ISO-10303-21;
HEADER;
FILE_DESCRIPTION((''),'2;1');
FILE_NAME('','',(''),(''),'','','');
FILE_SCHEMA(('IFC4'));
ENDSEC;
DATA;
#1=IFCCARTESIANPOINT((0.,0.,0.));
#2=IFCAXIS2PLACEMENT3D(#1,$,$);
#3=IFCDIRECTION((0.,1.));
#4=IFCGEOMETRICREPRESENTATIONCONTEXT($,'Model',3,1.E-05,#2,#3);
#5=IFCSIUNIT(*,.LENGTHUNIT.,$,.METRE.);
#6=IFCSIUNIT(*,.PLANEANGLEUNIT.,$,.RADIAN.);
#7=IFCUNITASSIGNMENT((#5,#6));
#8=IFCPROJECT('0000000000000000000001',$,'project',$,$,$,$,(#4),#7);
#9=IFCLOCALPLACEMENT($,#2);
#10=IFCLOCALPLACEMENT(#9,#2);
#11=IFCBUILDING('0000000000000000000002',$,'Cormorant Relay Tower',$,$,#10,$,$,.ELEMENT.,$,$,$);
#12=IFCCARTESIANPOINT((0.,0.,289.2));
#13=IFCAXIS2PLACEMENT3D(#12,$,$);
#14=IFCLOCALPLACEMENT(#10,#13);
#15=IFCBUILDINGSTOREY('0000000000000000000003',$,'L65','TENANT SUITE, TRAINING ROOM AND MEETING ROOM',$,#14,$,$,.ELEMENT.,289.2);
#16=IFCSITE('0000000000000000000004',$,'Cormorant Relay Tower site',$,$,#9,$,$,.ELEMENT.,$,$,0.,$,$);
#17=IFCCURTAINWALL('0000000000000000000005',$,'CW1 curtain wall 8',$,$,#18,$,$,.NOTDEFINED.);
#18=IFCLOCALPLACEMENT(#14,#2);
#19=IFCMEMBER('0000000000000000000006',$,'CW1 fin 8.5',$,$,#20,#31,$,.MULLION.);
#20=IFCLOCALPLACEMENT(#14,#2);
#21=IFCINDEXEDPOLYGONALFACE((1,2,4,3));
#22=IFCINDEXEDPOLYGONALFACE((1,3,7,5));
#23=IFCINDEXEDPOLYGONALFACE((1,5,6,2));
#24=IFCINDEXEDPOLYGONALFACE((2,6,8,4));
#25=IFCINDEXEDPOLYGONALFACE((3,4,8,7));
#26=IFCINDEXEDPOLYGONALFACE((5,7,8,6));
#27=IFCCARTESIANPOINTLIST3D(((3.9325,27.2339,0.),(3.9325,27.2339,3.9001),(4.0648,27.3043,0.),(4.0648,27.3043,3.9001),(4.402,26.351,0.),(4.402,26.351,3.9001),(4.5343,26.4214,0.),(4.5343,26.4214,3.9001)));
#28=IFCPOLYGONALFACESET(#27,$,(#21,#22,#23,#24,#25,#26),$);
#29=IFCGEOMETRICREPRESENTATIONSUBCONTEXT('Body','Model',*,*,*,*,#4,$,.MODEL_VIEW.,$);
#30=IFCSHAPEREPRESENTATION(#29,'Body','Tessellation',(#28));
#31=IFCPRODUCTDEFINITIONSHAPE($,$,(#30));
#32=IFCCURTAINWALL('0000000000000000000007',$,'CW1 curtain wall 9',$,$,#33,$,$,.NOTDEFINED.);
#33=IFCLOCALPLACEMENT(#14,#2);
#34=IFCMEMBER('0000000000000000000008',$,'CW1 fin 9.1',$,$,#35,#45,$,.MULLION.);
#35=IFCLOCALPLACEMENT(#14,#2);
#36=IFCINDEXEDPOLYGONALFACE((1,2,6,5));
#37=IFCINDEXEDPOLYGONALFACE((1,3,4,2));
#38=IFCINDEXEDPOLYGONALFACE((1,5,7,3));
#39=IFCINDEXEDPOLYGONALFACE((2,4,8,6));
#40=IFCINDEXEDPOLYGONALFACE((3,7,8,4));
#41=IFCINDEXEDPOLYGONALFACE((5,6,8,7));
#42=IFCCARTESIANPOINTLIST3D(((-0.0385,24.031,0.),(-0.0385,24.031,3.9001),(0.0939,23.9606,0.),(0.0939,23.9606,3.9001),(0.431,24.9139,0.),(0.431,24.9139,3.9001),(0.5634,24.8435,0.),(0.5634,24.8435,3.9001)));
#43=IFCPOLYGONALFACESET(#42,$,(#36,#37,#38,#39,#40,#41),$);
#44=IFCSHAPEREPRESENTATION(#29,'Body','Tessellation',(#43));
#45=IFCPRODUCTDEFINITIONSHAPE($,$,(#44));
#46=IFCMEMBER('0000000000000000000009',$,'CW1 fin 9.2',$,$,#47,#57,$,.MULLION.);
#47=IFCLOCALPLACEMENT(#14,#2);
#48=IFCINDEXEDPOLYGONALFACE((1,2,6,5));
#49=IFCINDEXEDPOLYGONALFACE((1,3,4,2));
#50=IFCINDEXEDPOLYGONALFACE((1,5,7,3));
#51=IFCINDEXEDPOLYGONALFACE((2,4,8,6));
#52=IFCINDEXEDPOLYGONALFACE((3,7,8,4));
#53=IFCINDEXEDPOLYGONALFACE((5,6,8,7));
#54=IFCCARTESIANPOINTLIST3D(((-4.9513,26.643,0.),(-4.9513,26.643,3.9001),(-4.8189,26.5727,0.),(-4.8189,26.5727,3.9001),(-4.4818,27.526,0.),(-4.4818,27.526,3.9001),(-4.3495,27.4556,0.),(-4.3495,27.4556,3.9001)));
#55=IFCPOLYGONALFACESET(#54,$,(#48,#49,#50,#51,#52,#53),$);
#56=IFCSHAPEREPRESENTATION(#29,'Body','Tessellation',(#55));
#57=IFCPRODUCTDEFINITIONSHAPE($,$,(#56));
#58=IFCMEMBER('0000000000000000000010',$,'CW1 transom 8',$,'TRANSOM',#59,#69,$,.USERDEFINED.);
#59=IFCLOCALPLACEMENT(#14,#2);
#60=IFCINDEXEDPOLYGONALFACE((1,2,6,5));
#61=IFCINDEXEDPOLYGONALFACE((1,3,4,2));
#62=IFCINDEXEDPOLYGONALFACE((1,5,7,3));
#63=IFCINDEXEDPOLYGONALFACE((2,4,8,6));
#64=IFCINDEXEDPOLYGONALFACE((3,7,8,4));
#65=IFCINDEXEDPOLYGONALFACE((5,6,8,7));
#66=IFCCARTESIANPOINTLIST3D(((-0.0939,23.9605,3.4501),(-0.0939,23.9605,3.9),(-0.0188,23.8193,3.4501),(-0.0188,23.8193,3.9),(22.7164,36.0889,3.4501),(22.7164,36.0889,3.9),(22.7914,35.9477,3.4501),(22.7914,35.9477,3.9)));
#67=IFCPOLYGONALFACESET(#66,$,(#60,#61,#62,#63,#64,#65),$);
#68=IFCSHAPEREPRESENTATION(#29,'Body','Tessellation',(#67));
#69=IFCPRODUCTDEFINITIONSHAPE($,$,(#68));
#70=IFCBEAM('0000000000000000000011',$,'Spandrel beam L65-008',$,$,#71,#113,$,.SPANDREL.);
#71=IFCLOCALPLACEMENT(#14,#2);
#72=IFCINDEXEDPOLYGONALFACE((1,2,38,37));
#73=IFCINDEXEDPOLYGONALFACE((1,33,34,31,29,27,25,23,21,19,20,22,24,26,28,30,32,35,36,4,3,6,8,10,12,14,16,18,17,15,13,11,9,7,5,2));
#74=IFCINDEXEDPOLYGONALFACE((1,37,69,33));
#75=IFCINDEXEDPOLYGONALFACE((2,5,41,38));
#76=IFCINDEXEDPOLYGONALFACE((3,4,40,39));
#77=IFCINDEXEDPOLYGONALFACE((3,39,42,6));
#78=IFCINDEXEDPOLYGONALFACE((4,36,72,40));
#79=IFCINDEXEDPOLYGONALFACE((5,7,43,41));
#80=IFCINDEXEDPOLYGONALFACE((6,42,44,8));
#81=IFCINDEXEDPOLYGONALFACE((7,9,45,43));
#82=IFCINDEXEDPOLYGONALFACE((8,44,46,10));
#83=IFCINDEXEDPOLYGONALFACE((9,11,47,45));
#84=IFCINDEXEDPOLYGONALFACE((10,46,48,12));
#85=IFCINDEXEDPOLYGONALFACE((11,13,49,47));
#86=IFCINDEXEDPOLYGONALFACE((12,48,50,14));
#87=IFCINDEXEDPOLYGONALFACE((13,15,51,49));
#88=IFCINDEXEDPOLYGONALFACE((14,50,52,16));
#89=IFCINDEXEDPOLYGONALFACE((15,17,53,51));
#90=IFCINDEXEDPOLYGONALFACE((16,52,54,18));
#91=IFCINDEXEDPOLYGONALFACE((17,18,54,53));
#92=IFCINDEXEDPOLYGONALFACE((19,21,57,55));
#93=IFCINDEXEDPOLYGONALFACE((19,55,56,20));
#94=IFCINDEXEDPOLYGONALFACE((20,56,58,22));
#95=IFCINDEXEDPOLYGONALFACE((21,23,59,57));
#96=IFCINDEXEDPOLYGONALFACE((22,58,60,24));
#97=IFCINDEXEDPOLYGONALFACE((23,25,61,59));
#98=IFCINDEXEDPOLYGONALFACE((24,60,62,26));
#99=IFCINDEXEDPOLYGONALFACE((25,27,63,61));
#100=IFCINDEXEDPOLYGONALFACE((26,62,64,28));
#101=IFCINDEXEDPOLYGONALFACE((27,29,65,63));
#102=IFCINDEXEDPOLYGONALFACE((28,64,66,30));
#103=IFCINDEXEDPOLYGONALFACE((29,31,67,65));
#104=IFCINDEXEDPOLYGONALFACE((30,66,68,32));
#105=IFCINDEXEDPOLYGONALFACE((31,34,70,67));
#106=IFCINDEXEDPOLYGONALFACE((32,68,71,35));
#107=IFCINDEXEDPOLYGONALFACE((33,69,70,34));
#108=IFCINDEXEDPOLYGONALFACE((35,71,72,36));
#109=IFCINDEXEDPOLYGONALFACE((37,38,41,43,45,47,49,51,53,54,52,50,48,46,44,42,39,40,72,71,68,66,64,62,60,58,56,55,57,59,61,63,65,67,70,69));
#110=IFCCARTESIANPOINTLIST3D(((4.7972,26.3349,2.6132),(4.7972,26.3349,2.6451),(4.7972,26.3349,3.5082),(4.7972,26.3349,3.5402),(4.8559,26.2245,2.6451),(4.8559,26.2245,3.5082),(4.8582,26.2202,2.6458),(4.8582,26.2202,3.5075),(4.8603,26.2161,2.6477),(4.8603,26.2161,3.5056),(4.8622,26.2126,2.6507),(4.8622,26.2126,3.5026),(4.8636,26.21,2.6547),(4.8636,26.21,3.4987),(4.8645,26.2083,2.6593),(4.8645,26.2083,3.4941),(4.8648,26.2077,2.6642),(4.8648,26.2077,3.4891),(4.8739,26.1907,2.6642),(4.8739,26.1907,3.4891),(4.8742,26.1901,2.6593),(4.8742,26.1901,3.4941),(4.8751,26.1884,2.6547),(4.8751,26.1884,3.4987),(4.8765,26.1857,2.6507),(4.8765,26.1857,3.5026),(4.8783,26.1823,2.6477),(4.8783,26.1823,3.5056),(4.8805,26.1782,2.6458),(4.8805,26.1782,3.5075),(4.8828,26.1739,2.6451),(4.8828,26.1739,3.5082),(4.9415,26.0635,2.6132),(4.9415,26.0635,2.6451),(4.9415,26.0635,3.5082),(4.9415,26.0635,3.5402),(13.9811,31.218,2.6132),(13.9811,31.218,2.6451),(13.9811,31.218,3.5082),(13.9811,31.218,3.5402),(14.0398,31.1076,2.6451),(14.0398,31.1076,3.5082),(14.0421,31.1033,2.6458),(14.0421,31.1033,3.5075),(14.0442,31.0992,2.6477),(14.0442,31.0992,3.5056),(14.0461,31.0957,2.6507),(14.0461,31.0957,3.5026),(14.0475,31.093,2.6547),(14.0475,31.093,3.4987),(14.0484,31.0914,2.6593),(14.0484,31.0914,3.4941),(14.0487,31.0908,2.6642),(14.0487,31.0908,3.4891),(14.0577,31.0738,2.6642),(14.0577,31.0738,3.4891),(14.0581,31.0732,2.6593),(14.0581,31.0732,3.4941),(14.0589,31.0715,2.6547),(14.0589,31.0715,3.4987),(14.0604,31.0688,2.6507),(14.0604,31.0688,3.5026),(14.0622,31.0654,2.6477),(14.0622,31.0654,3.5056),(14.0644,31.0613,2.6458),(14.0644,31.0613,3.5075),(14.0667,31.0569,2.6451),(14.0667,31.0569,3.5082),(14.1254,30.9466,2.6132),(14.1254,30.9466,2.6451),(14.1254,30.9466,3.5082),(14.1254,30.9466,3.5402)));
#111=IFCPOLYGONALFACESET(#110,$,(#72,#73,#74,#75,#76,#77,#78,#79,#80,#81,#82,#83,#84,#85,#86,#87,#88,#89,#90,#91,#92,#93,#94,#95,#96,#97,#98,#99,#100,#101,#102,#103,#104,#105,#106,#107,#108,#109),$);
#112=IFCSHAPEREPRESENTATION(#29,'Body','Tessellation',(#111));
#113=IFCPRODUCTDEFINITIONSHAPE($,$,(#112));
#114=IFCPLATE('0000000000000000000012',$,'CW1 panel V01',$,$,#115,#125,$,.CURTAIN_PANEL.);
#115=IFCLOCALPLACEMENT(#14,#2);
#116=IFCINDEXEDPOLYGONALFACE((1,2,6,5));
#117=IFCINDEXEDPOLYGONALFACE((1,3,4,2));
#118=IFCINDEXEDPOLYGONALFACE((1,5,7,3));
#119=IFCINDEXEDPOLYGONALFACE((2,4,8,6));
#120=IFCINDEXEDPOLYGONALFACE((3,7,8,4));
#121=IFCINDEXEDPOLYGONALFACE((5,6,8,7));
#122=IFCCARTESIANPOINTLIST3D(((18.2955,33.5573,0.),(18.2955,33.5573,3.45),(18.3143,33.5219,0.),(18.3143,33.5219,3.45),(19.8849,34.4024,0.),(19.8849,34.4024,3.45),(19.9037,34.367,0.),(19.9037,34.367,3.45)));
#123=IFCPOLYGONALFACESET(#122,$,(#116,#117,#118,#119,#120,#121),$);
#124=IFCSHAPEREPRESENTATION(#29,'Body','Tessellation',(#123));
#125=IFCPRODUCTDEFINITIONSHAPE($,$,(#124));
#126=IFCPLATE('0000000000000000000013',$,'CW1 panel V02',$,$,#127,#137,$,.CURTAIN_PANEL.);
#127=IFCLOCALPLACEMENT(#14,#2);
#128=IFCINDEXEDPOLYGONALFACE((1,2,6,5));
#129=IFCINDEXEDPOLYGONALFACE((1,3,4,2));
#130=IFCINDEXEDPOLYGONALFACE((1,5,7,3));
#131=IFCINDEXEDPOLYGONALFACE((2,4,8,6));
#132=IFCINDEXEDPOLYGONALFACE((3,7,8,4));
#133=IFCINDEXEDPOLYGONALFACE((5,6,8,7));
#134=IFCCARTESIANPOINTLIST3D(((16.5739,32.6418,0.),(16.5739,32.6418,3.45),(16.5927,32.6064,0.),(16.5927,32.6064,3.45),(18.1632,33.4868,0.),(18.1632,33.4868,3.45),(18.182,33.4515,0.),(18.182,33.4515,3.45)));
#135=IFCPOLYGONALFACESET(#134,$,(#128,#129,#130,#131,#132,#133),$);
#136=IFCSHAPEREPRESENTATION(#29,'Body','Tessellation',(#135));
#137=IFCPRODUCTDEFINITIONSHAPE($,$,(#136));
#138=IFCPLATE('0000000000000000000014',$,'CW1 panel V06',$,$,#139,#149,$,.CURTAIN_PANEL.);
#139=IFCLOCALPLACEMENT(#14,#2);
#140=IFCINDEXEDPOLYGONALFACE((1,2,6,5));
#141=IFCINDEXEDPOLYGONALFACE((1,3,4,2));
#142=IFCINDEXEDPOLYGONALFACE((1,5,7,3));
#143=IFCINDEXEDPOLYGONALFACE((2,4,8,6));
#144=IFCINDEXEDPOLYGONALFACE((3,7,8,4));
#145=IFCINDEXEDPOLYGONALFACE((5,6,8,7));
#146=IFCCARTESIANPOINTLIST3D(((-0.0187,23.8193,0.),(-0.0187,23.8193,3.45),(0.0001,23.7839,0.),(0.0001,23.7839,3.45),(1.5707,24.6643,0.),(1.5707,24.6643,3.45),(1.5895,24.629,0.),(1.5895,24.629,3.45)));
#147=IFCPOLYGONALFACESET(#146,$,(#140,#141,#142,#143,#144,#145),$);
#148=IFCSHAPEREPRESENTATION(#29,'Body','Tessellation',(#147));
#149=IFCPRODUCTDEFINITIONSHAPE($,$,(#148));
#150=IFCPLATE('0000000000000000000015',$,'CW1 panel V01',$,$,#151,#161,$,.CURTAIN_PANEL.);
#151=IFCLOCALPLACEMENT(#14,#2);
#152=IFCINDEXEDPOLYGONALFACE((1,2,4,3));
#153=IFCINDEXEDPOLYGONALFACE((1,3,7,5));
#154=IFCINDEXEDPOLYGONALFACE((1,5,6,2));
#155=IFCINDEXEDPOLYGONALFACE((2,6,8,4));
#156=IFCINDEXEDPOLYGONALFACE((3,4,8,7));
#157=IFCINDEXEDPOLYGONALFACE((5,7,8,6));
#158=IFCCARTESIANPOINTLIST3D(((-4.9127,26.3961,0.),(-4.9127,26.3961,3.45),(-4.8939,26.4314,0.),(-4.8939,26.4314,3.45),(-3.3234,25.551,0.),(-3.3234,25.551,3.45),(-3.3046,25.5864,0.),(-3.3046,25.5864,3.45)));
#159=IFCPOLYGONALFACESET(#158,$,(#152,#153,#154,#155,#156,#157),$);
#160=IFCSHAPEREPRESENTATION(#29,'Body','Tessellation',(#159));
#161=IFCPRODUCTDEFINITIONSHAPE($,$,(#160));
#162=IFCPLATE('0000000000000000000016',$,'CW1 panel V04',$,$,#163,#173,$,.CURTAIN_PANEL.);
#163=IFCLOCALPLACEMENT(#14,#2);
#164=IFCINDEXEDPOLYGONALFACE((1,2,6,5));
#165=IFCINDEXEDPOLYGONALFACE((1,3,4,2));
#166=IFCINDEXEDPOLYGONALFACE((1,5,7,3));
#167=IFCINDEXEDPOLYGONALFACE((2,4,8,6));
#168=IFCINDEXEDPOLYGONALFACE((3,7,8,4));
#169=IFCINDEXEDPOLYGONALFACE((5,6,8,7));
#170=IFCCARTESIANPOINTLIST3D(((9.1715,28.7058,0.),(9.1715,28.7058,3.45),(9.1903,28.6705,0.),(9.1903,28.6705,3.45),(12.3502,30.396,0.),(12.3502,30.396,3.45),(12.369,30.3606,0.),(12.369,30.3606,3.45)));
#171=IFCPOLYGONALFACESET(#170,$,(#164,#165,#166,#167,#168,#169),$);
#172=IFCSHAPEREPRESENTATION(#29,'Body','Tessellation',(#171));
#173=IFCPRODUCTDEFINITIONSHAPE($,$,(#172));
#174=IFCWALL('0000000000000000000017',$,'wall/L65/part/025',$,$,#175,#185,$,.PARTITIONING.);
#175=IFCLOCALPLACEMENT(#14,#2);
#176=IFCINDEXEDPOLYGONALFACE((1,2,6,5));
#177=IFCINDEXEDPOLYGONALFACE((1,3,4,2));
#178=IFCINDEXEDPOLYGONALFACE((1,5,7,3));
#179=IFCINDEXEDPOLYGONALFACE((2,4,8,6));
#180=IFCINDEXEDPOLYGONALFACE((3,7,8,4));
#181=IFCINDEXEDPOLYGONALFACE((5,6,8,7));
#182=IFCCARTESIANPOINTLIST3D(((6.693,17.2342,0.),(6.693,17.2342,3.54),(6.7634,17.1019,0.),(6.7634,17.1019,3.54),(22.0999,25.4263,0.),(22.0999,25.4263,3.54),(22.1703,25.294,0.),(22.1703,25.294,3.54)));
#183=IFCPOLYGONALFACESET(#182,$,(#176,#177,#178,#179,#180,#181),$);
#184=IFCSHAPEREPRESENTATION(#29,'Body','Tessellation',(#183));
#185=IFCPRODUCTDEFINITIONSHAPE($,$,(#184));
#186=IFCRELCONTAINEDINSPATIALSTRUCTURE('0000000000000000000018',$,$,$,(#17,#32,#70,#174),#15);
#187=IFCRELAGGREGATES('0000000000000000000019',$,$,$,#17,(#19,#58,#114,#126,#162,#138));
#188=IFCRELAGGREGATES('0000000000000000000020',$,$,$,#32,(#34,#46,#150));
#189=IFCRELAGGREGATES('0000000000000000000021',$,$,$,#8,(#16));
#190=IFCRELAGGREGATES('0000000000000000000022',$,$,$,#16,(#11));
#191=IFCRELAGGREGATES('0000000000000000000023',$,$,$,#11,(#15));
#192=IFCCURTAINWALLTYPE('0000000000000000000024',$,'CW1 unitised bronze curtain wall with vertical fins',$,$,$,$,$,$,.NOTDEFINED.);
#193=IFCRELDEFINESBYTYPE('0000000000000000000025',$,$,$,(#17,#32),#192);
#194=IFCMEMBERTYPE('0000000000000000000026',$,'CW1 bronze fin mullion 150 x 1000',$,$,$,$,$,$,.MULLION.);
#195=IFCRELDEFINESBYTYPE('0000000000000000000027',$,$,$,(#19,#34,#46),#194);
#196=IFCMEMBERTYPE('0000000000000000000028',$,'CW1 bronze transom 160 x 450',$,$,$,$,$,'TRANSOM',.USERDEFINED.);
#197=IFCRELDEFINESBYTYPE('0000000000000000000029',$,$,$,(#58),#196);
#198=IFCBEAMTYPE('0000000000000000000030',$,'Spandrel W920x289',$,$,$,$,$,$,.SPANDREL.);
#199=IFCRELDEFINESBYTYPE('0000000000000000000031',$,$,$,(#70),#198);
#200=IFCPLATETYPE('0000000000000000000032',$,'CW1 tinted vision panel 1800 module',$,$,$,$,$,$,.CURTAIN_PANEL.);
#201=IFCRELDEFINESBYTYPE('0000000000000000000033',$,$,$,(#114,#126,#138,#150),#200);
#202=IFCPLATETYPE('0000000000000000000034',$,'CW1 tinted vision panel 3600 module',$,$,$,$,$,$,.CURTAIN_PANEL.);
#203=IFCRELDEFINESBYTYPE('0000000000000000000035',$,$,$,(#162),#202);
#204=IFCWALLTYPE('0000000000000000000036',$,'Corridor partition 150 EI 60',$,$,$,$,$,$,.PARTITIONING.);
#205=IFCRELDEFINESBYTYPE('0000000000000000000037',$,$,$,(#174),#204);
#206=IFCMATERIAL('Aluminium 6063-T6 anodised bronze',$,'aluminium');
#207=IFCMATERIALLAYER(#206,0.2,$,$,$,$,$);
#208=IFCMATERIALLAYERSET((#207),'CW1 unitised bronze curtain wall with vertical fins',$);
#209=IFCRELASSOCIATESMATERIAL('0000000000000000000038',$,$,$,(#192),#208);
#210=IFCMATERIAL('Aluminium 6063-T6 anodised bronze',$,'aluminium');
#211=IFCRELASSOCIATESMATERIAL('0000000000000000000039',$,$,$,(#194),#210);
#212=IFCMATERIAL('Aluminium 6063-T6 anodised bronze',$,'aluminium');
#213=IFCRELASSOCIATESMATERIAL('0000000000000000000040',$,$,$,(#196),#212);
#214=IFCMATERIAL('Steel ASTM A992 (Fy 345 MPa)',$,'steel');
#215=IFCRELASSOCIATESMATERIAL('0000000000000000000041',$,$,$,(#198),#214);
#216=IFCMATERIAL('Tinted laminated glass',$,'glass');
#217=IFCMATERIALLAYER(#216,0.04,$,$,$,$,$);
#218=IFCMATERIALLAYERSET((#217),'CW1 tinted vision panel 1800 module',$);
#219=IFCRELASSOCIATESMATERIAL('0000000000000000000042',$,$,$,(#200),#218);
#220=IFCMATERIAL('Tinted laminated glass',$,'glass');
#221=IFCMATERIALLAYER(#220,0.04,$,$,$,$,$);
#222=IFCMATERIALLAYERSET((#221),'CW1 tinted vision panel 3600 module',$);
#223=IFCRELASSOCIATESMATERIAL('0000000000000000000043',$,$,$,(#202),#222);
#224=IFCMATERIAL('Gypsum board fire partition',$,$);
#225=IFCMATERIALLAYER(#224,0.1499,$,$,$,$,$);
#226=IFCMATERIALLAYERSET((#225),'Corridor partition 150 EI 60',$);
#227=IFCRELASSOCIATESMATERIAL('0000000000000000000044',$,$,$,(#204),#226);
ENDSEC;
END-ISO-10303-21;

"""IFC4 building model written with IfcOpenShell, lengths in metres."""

from ifc_helpers import new_model, si_unit, direction, frame, frame_2d, origin, origin_2d, place, context, subcontext, project, spatial, rectangle, i_section, extrude, material, layer, layer_set, material_profile, profile_set, type_object, element, aggregate, save


model = new_model("IFC4")

# Units and contexts
model_context = context("Model", 3, precision=1e-05, world=origin(), true_north=direction((0.0, 1.0)))
body_context = subcontext(model_context, "Body", "Model", "MODEL_VIEW")
ifc_project = project(units=[si_unit("LENGTHUNIT", "METRE"), si_unit("PLANEANGLEUNIT", "RADIAN")], contexts=[model_context])

# Site, building, storey
site_placement = place(None, origin())
site = spatial("IfcSite", under=ifc_project, at=site_placement, Name="Cormorant Relay Tower site", CompositionType="ELEMENT", RefElevation=0.0)
building_placement = place(site_placement, origin())
building = spatial("IfcBuilding", under=site, at=building_placement, Name="Cormorant Relay Tower", CompositionType="ELEMENT")
storey_placement = place(building_placement, frame((0.0, 0.0, 289.2)))
storey = spatial("IfcBuildingStorey", under=building, at=storey_placement, Name="L65", Description="TENANT SUITE, TRAINING ROOM AND MEETING ROOM", CompositionType="ELEMENT", Elevation=289.2)

# Curtain walls, members
ifc_material_1 = material(Name="Aluminium 6063-T6 anodised bronze", Category="aluminium")
ifc_layer_1 = layer(ifc_material_1, 0.2)
ifc_layer_set_1 = layer_set([ifc_layer_1], Name="CW1 unitised bronze curtain wall with vertical fins")
curtain_wall_type = type_object("IfcCurtainWallType", Name="CW1 unitised bronze curtain wall with vertical fins", PredefinedType="NOTDEFINED", material=ifc_layer_set_1)
curtain_wall_1_placement = place(storey_placement, origin())
curtain_wall_1 = element("IfcCurtainWall", 1, at=curtain_wall_1_placement, inside=storey, type_object=curtain_wall_type, Name="CW1 curtain wall 8", PredefinedType="NOTDEFINED")
ifc_material_2 = material(Name="Aluminium 6063-T6 anodised bronze", Category="aluminium")
ifc_material_profile_1 = material_profile(ifc_material_2, rectangle(XDim=0.1499, YDim=1.0, at=origin_2d()), Name="AL 150x1000")
ifc_profile_set_1 = profile_set([ifc_material_profile_1], Name="Aluminium 6063-T6 anodised bronze")
member_type_1 = type_object("IfcMemberType", Name="CW1 bronze fin mullion 150 x 1000", PredefinedType="MULLION", material=ifc_profile_set_1)
member_1_placement = place(storey_placement, frame((4.2334, 26.8276, 0.0), z_axis=(0.0, 0.0, 1.0), x_axis=(-0.882948, -0.469472, 0.0)))
member_1 = element("IfcMember", 2, at=member_1_placement, type_object=member_type_1, Name="CW1 fin 8.5", PredefinedType="MULLION", context=body_context, shape_type="SweptSolid", body=[
    extrude(rectangle(XDim=0.1499, YDim=1.0, at=origin_2d()), origin(), (0.0, 0.0, 1.0), 3.9001),
])
curtain_wall_2_placement = place(storey_placement, origin())
curtain_wall_2 = element("IfcCurtainWall", 3, at=curtain_wall_2_placement, inside=storey, type_object=curtain_wall_type, Name="CW1 curtain wall 9", PredefinedType="NOTDEFINED")
member_2_placement = place(storey_placement, frame((0.2625, 24.4373, 0.0), z_axis=(0.0, 0.0, 1.0), x_axis=(-0.882948, 0.469472, 0.0)))
member_2 = element("IfcMember", 4, at=member_2_placement, type_object=member_type_1, Name="CW1 fin 9.1", PredefinedType="MULLION", context=body_context, shape_type="SweptSolid", body=[
    extrude(rectangle(XDim=0.1499, YDim=1.0, at=origin_2d()), origin(), (0.0, 0.0, 1.0), 3.9001),
])
member_3_placement = place(storey_placement, frame((-4.6504, 27.0493, 0.0), z_axis=(0.0, 0.0, 1.0), x_axis=(-0.882948, 0.469472, 0.0)))
member_3 = element("IfcMember", 5, at=member_3_placement, type_object=member_type_1, Name="CW1 fin 9.2", PredefinedType="MULLION", context=body_context, shape_type="SweptSolid", body=[
    extrude(rectangle(XDim=0.1499, YDim=1.0, at=origin_2d()), origin(), (0.0, 0.0, 1.0), 3.9001),
])

# Member
ifc_material_3 = material(Name="Aluminium 6063-T6 anodised bronze", Category="aluminium")
ifc_material_profile_2 = material_profile(ifc_material_3, rectangle(XDim=0.1599, YDim=0.45, at=origin_2d()), Name="AL 160x450")
ifc_profile_set_2 = profile_set([ifc_material_profile_2], Name="Aluminium 6063-T6 anodised bronze")
member_type_2 = type_object("IfcMemberType", Name="CW1 bronze transom 160 x 450", ElementType="TRANSOM", PredefinedType="USERDEFINED", material=ifc_profile_set_2)
member_4_placement = place(storey_placement, frame((22.7539, 36.0183, 3.675), z_axis=(-0.882948, -0.469471, 0.0), x_axis=(0.469471, -0.882948, 0.0)))
member_4 = element("IfcMember", 6, at=member_4_placement, type_object=member_type_2, Name="CW1 transom 8", ObjectType="TRANSOM", PredefinedType="USERDEFINED", context=body_context, shape_type="SweptSolid", body=[
    extrude(rectangle(XDim=0.1599, YDim=0.45, at=origin_2d()), origin(), (0.0, 0.0, 1.0), 25.8342),
])

# Beam
ifc_material_4 = material(Name="Steel ASTM A992 (Fy 345 MPa)", Category="steel")
ifc_material_profile_3 = material_profile(ifc_material_4, i_section(OverallWidth=0.3074, OverallDepth=0.927, WebThickness=0.0193, FlangeThickness=0.032, FilletRadius=0.019, at=origin_2d()), Name="W920x289")
ifc_profile_set_3 = profile_set([ifc_material_profile_3], Name="Steel ASTM A992 (Fy 345 MPa)")
beam_type = type_object("IfcBeamType", Name="Spandrel W920x289", PredefinedType="SPANDREL", material=ifc_profile_set_3)
beam_placement = place(storey_placement, frame((14.0532, 31.0823, 3.0767), z_axis=(-0.882951, -0.469466, 0.0), x_axis=(0.469466, -0.882951, 0.0)))
element("IfcBeam", 7, at=beam_placement, inside=storey, type_object=beam_type, Name="Spandrel beam L65-008", PredefinedType="SPANDREL", context=body_context, shape_type="SweptSolid", body=[
    extrude(i_section(OverallWidth=0.3074, OverallDepth=0.927, WebThickness=0.0193, FlangeThickness=0.032, FilletRadius=0.019, at=origin_2d()), origin(), (0.0, 0.0, 1.0), 10.4014),
])

# Plates
ifc_material_5 = material(Name="Tinted laminated glass", Category="glass")
ifc_layer_2 = layer(ifc_material_5, 0.04)
ifc_layer_set_2 = layer_set([ifc_layer_2], Name="CW1 tinted vision panel 1800 module")
plate_type_1 = type_object("IfcPlateType", Name="CW1 tinted vision panel 1800 module", PredefinedType="CURTAIN_PANEL", material=ifc_layer_set_2)
plate_1_placement = place(storey_placement, frame((19.0996, 33.9622, 0.0), z_axis=(0.0, 0.0, 1.0), x_axis=(-0.882948, -0.469472, 0.0)))
plate_1 = element("IfcPlate", 8, at=plate_1_placement, type_object=plate_type_1, Name="CW1 panel V01", PredefinedType="CURTAIN_PANEL", context=body_context, shape_type="SweptSolid", body=[
    extrude(rectangle(XDim=1.8, YDim=0.04, at=origin_2d()), origin(), (0.0, 0.0, 1.0), 3.45),
])
plate_2_placement = place(storey_placement, frame((17.3779, 33.0466, 0.0), z_axis=(0.0, 0.0, 1.0), x_axis=(-0.882948, -0.469472, 0.0)))
plate_2 = element("IfcPlate", 9, at=plate_2_placement, type_object=plate_type_1, Name="CW1 panel V02", PredefinedType="CURTAIN_PANEL", context=body_context, shape_type="SweptSolid", body=[
    extrude(rectangle(XDim=1.8, YDim=0.04, at=origin_2d()), origin(), (0.0, 0.0, 1.0), 3.45),
])
plate_3_placement = place(storey_placement, frame((0.7854, 24.2241, 0.0), z_axis=(0.0, 0.0, 1.0), x_axis=(-0.882948, -0.469472, 0.0)))
plate_3 = element("IfcPlate", 10, at=plate_3_placement, type_object=plate_type_1, Name="CW1 panel V06", PredefinedType="CURTAIN_PANEL", context=body_context, shape_type="SweptSolid", body=[
    extrude(rectangle(XDim=1.8, YDim=0.04, at=origin_2d()), origin(), (0.0, 0.0, 1.0), 3.45),
])
plate_4_placement = place(storey_placement, frame((-4.1086, 25.9912, 0.0), z_axis=(0.0, 0.0, 1.0), x_axis=(-0.882948, 0.469472, 0.0)))
plate_4 = element("IfcPlate", 11, at=plate_4_placement, type_object=plate_type_1, Name="CW1 panel V01", PredefinedType="CURTAIN_PANEL", context=body_context, shape_type="SweptSolid", body=[
    extrude(rectangle(XDim=1.8, YDim=0.04, at=origin_2d()), origin(), (0.0, 0.0, 1.0), 3.45),
])
ifc_material_6 = material(Name="Tinted laminated glass", Category="glass")
ifc_layer_3 = layer(ifc_material_6, 0.04)
ifc_layer_set_3 = layer_set([ifc_layer_3], Name="CW1 tinted vision panel 3600 module")
plate_type_2 = type_object("IfcPlateType", Name="CW1 tinted vision panel 3600 module", PredefinedType="CURTAIN_PANEL", material=ifc_layer_set_3)
plate_5_placement = place(storey_placement, frame((10.7703, 29.5332, 0.0), z_axis=(0.0, 0.0, 1.0), x_axis=(-0.882948, -0.469472, 0.0)))
plate_5 = element("IfcPlate", 12, at=plate_5_placement, type_object=plate_type_2, Name="CW1 panel V04", PredefinedType="CURTAIN_PANEL", context=body_context, shape_type="SweptSolid", body=[
    extrude(rectangle(XDim=3.6001, YDim=0.04, at=origin_2d()), origin(), (0.0, 0.0, 1.0), 3.45),
])

# Wall
ifc_material_7 = material(Name="Gypsum board fire partition")
ifc_layer_4 = layer(ifc_material_7, 0.1499)
ifc_layer_set_4 = layer_set([ifc_layer_4], Name="Corridor partition 150 EI 60")
wall_type_1 = type_object("IfcWallType", Name="Corridor partition 150 EI 60", PredefinedType="PARTITIONING", material=ifc_layer_set_4)
wall_1_placement = place(storey_placement, frame((22.135, 25.3601, 0.0), z_axis=(0.0, 0.0, 1.0), x_axis=(-0.882945, -0.469476, 0.0)))
element("IfcWall", 13, at=wall_1_placement, inside=storey, type_object=wall_type_1, Name="wall/L65/part/025", PredefinedType="PARTITIONING", context=body_context, shape_type="SweptSolid", body=[
    extrude(rectangle(XDim=17.4495, YDim=0.1499, at=frame_2d((8.7246, 0.0))), origin(), (0.0, 0.0, 1.0), 3.54),
])

aggregate(curtain_wall_1, [member_1, member_4, plate_1, plate_2, plate_5, plate_3])
aggregate(curtain_wall_2, [member_2, member_3, plate_4])

save(model, "model.ifc")
